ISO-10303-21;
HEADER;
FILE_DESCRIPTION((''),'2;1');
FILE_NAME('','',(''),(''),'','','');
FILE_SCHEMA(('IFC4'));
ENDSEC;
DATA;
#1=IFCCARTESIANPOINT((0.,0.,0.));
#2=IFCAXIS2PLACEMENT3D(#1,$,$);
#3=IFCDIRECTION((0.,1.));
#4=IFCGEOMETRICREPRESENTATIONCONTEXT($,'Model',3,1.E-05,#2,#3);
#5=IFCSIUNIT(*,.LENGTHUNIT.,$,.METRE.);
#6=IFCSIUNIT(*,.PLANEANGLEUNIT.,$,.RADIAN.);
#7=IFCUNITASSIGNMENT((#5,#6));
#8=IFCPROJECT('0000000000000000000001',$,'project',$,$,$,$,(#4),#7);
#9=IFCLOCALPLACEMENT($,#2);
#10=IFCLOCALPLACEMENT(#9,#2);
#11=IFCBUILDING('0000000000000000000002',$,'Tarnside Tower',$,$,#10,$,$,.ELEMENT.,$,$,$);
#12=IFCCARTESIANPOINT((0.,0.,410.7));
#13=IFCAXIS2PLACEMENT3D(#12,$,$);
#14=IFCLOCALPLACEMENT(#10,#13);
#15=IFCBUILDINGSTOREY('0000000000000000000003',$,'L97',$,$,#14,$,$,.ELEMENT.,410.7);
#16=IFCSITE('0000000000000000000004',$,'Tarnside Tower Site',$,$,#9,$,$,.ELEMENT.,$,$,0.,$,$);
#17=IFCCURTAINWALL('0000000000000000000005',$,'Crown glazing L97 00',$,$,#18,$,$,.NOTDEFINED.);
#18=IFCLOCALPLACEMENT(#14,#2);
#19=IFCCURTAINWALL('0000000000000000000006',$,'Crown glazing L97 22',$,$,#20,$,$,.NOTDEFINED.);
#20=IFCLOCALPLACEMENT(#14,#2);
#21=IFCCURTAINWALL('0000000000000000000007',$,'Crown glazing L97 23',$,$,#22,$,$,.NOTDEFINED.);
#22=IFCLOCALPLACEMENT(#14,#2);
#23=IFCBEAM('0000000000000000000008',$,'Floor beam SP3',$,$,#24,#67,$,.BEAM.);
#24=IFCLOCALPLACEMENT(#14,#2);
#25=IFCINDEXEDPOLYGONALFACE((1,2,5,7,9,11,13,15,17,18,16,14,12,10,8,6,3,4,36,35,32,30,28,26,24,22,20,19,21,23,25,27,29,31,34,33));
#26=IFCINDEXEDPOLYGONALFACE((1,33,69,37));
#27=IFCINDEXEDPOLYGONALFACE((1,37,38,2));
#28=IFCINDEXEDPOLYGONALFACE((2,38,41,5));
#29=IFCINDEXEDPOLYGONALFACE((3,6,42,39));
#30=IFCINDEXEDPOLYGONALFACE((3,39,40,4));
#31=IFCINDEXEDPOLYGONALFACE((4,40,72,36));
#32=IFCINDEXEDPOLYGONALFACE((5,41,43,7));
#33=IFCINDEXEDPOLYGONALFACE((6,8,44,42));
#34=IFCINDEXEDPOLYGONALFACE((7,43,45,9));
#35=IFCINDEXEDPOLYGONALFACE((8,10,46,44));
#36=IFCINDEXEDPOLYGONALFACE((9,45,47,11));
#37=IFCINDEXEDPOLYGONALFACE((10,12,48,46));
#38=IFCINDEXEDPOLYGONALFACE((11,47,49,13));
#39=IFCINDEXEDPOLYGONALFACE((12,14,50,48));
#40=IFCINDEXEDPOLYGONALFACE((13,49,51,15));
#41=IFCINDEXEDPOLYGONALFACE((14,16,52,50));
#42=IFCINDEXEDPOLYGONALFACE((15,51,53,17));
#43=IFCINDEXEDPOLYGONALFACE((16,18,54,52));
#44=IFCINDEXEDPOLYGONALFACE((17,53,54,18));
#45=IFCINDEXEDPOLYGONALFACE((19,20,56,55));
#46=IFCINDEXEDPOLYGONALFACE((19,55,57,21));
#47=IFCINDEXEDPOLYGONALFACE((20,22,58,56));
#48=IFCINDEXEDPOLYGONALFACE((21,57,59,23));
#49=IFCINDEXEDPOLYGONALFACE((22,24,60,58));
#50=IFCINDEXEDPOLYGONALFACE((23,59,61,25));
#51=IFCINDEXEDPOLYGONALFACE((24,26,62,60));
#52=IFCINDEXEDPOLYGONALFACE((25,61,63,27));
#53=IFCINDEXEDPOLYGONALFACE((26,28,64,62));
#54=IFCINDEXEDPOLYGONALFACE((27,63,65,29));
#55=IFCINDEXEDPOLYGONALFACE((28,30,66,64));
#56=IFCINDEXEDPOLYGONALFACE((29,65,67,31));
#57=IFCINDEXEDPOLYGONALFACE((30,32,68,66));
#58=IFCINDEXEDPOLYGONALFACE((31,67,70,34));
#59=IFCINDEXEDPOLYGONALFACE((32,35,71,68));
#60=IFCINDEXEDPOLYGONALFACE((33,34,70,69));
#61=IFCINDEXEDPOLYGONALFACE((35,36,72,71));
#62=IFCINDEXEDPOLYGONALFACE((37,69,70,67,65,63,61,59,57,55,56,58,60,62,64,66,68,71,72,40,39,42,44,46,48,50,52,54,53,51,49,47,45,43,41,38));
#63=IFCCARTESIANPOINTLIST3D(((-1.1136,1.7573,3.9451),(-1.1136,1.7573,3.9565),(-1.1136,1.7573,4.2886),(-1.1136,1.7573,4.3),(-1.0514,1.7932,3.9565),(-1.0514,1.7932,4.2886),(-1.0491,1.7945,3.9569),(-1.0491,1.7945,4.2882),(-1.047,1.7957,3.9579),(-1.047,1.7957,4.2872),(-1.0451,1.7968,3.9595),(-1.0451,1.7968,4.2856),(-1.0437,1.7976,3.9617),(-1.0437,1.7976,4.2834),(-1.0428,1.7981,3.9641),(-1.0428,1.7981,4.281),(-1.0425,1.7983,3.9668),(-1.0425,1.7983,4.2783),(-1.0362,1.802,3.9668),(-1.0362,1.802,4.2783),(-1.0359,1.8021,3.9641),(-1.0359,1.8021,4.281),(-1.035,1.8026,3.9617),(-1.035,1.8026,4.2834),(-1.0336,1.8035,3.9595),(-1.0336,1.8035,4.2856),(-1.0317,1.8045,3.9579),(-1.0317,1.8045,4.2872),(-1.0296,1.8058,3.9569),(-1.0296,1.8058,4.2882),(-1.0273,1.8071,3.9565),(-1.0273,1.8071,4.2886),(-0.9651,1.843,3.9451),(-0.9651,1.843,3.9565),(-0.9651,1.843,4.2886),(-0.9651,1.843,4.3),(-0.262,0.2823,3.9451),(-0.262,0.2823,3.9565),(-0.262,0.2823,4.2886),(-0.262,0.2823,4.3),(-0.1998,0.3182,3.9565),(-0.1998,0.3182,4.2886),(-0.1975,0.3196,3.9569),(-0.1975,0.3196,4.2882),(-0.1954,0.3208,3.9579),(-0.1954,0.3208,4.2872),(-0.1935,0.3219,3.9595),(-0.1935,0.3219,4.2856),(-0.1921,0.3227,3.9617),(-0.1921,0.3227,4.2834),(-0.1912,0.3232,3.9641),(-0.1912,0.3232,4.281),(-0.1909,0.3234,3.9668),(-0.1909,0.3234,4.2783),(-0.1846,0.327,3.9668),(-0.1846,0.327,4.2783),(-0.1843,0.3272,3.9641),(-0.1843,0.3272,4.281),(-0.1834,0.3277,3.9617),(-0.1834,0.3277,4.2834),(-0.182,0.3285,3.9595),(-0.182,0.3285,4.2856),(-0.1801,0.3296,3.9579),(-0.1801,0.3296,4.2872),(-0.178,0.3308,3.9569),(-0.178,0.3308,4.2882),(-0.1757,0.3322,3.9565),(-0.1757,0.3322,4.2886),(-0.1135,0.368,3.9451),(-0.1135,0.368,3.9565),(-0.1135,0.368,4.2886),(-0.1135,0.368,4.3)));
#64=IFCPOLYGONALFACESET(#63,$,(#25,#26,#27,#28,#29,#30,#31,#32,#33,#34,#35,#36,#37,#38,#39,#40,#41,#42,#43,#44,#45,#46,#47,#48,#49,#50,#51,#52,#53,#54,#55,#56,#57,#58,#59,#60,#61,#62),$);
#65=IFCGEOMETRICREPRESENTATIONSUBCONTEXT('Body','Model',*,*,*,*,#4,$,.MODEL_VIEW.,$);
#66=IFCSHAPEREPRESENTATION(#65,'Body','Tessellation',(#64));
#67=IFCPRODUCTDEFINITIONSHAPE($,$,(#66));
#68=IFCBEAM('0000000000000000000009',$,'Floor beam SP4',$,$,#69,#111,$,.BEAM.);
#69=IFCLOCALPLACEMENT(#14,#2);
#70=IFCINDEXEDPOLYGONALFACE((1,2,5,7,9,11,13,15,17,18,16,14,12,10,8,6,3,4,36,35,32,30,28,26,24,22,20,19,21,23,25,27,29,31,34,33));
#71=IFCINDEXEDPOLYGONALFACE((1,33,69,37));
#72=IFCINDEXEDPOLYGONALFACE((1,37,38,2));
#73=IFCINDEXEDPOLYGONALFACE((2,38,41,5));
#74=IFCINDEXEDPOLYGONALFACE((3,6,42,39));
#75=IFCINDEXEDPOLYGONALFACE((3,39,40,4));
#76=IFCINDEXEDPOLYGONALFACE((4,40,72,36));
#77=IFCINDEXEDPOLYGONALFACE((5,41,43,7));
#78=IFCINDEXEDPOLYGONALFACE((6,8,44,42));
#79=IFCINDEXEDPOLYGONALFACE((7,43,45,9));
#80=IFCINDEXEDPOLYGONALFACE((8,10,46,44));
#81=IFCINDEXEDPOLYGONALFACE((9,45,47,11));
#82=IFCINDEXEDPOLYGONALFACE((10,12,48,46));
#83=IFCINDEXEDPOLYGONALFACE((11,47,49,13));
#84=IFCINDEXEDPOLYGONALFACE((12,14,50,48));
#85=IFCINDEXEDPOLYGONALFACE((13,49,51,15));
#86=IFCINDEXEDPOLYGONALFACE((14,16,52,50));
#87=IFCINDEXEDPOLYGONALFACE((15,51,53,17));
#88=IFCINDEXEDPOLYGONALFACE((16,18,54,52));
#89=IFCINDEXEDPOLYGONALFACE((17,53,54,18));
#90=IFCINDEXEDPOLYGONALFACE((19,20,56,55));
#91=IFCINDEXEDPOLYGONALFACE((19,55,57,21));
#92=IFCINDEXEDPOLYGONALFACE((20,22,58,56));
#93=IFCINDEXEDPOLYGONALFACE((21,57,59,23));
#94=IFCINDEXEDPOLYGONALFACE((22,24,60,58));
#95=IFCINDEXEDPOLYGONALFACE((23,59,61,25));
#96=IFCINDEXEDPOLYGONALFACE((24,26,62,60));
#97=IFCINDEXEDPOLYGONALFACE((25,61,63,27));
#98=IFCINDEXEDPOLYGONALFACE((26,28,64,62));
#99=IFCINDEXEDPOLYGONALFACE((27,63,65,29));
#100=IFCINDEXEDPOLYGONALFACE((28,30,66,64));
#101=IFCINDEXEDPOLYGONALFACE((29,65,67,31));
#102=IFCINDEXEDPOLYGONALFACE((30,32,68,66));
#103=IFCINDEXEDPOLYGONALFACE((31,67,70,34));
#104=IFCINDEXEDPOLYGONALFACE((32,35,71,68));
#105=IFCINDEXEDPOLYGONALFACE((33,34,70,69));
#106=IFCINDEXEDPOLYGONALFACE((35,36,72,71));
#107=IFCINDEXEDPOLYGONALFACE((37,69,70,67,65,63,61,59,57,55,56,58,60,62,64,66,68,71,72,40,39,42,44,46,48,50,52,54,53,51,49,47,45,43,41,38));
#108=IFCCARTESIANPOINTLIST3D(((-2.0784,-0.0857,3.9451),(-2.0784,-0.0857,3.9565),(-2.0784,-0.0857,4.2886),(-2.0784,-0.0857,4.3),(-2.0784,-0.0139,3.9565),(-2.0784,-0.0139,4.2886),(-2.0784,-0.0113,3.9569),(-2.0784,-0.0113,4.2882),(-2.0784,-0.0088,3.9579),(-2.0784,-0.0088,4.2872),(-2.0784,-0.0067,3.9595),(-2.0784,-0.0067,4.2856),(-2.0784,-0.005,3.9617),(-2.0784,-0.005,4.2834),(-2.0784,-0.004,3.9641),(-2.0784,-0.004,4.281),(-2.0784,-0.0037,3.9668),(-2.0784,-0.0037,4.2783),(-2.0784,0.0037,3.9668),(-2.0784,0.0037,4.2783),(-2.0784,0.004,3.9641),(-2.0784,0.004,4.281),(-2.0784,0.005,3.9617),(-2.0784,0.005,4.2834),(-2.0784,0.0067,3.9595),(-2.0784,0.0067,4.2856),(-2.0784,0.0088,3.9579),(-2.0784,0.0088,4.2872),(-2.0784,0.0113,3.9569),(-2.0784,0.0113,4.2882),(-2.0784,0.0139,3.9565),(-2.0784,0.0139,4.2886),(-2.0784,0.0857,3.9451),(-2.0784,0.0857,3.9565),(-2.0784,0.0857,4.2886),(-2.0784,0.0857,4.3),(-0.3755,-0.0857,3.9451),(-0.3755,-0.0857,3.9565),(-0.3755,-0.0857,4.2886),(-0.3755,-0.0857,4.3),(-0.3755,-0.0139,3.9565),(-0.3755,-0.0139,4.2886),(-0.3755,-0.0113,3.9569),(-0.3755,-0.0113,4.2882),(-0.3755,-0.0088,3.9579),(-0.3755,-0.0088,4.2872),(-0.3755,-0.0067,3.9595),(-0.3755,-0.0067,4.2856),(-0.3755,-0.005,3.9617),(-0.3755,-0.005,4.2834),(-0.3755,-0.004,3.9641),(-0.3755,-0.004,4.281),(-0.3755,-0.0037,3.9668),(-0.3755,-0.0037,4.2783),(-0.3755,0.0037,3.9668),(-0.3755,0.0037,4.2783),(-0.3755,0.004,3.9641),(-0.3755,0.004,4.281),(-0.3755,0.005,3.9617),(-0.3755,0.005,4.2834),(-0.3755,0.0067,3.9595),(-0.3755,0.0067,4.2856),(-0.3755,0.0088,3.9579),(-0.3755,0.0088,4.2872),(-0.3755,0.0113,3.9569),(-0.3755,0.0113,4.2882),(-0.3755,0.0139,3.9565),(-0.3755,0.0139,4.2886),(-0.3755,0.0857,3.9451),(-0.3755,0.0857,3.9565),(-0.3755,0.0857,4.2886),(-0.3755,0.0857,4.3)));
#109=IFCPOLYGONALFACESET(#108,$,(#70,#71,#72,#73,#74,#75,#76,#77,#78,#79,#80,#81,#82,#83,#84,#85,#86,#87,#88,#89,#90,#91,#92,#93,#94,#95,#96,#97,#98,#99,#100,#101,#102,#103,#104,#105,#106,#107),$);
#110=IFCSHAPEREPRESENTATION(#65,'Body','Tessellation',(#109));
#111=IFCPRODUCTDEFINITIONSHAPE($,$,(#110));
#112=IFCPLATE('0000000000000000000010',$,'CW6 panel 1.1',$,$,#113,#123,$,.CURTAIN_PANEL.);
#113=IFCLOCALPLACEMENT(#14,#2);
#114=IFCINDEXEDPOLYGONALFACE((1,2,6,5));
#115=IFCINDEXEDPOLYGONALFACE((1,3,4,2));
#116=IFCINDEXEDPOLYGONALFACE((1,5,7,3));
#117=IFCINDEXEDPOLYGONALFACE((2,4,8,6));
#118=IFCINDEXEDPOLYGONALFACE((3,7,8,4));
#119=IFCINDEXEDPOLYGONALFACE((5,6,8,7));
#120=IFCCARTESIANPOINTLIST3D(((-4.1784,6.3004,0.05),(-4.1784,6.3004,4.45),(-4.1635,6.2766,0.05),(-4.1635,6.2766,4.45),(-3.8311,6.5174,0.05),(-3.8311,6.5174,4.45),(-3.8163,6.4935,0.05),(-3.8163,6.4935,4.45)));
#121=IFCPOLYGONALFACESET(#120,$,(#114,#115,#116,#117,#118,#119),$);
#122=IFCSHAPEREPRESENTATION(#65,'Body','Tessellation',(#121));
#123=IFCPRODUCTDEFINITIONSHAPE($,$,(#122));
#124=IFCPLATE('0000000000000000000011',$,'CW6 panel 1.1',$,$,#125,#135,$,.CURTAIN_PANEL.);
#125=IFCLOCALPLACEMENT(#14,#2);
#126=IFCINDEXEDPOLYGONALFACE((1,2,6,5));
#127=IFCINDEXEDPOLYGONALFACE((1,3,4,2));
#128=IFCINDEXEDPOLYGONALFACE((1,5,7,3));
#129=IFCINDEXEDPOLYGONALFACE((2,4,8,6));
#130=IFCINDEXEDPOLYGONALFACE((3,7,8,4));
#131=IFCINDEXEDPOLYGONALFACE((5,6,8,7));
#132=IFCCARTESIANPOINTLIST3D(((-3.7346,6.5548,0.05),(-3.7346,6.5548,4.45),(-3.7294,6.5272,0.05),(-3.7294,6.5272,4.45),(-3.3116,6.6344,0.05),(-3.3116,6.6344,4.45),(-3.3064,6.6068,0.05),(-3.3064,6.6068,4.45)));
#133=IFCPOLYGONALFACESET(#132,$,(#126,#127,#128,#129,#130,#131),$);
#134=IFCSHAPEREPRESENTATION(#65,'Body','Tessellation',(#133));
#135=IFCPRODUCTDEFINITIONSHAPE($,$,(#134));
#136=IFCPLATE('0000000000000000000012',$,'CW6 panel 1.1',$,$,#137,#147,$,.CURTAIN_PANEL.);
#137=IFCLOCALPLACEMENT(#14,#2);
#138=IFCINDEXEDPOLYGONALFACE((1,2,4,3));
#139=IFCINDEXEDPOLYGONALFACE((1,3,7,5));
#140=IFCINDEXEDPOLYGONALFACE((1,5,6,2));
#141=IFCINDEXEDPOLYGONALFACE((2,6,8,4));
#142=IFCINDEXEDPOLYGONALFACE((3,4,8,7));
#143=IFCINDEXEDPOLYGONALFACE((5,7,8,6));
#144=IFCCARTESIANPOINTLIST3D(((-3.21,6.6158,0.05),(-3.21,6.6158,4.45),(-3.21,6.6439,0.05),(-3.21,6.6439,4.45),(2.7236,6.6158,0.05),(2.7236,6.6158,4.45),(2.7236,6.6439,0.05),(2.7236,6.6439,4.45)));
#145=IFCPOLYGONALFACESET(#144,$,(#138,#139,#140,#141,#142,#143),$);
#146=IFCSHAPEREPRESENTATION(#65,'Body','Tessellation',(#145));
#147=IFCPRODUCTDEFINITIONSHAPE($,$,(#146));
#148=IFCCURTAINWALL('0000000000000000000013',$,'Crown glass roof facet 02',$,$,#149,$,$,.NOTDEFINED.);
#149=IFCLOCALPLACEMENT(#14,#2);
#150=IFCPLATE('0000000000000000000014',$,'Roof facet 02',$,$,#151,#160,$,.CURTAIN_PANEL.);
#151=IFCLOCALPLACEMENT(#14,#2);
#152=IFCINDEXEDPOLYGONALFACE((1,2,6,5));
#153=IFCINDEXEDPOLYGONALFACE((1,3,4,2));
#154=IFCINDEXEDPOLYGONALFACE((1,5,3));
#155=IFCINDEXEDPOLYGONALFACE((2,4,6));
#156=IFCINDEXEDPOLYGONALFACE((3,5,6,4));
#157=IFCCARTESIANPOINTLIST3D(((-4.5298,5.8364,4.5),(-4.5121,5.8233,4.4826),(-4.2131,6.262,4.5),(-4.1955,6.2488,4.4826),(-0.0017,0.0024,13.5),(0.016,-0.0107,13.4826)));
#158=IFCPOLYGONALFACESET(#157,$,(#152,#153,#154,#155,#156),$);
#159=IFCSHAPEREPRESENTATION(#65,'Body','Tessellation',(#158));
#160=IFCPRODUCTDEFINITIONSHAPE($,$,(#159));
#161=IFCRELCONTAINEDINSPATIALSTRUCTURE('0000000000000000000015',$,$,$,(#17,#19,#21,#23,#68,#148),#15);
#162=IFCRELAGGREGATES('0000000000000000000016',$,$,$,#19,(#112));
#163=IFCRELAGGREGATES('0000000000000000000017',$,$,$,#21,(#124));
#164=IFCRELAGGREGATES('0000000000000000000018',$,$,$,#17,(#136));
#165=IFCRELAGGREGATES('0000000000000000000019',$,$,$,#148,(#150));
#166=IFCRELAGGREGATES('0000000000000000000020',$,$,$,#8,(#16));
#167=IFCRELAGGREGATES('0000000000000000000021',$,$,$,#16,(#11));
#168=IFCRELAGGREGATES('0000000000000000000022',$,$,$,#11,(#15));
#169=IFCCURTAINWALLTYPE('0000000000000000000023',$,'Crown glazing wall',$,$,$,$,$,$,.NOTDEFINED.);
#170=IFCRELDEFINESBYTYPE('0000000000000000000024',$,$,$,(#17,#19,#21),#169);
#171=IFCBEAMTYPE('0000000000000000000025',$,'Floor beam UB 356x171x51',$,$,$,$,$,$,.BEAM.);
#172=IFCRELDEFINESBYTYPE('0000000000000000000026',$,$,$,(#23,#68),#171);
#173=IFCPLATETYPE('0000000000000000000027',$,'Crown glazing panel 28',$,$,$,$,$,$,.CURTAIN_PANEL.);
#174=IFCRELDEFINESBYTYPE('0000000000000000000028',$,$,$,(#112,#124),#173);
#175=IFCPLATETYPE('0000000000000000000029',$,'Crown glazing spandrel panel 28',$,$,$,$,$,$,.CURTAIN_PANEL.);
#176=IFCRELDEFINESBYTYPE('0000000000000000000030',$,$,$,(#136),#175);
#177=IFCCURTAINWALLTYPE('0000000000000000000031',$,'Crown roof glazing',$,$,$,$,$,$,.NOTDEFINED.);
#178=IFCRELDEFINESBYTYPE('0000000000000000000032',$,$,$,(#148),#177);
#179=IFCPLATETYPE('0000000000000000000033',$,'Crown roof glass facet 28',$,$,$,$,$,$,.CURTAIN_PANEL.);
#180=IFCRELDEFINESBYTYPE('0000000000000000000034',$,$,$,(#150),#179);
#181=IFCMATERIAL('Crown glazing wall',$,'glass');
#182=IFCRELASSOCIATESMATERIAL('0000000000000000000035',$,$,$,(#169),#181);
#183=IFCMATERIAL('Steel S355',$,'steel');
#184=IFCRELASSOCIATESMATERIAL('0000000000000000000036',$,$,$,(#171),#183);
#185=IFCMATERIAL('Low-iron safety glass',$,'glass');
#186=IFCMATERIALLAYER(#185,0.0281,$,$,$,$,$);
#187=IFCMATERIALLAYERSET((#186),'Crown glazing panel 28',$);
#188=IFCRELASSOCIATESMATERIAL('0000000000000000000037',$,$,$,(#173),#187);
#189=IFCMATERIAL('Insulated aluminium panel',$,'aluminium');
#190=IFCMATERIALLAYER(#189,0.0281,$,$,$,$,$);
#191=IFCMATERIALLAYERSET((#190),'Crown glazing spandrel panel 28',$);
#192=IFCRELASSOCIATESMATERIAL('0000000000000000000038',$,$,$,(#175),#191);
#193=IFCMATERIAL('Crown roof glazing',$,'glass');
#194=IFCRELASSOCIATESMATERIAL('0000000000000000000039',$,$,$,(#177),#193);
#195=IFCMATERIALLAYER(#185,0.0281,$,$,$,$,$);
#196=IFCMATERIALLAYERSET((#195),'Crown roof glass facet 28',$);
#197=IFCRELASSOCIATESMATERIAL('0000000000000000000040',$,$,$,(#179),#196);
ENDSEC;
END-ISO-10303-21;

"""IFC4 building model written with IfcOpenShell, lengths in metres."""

from ifc_helpers import new_model, si_unit, direction, frame, origin, origin_2d, place, context, subcontext, project, spatial, polyline, rectangle, i_section, outline, extrude, material, layer, layer_set, material_profile, profile_set, type_object, element, aggregate, save


model = new_model("IFC4")

# Units and contexts
model_context = context("Model", 3, precision=1e-05, world=origin(), true_north=direction((0.0, 1.0)))
body_context = subcontext(model_context, "Body", "Model", "MODEL_VIEW")
ifc_project = project(units=[si_unit("LENGTHUNIT", "METRE"), si_unit("PLANEANGLEUNIT", "RADIAN")], contexts=[model_context])

# Site, building, storey
site_placement = place(None, origin())
site = spatial("IfcSite", under=ifc_project, at=site_placement, Name="Tarnside Tower Site", CompositionType="ELEMENT", RefElevation=0.0)
building_placement = place(site_placement, origin())
building = spatial("IfcBuilding", under=site, at=building_placement, Name="Tarnside Tower", CompositionType="ELEMENT")
storey_placement = place(building_placement, frame((0.0, 0.0, 410.7)))
storey = spatial("IfcBuildingStorey", under=building, at=storey_placement, Name="L97", CompositionType="ELEMENT", Elevation=410.7)

# Curtain wall
ifc_material_1 = material(Name="Crown glazing wall", Category="glass")
curtain_wall_type_1 = type_object("IfcCurtainWallType", Name="Crown glazing wall", PredefinedType="NOTDEFINED", material=ifc_material_1)
curtain_wall_1_placement = place(storey_placement, origin())
curtain_wall_1 = element("IfcCurtainWall", 1, at=curtain_wall_1_placement, inside=storey, type_object=curtain_wall_type_1, Name="Crown glazing L97 00", PredefinedType="NOTDEFINED")

# Curtain walls
curtain_wall_2_placement = place(storey_placement, origin())
curtain_wall_2 = element("IfcCurtainWall", 2, at=curtain_wall_2_placement, inside=storey, type_object=curtain_wall_type_1, Name="Crown glazing L97 22", PredefinedType="NOTDEFINED")
curtain_wall_3_placement = place(storey_placement, origin())
curtain_wall_3 = element("IfcCurtainWall", 3, at=curtain_wall_3_placement, inside=storey, type_object=curtain_wall_type_1, Name="Crown glazing L97 23", PredefinedType="NOTDEFINED")

# Shared definitions
ifc_material_2 = material(Name="Steel S355", Category="steel")

# Beams
ifc_material_profile_1 = material_profile(ifc_material_2, i_section(OverallWidth=0.1714, OverallDepth=0.355, WebThickness=0.0073, FlangeThickness=0.0115, FilletRadius=0.0103, at=origin_2d()), Name="UB 356x171x51")
ifc_profile_set_1 = profile_set([ifc_material_profile_1], Name="Steel S355")
beam_type_1 = type_object("IfcBeamType", Name="Floor beam UB 356x171x51", PredefinedType="BEAM", material=ifc_profile_set_1)
beam_1_placement = place(storey_placement, frame((-0.1877, 0.3252, 4.1226), z_axis=(-0.500024, 0.866011, 0.0), x_axis=(-0.866011, -0.500024, 0.0)))
element("IfcBeam", 4, at=beam_1_placement, inside=storey, type_object=beam_type_1, Name="Floor beam SP3", PredefinedType="BEAM", context=body_context, shape_type="SweptSolid", body=[
    extrude(i_section(OverallWidth=0.1714, OverallDepth=0.355, WebThickness=0.0073, FlangeThickness=0.0115, FilletRadius=0.0103, at=origin_2d()), origin(), (0.0, 0.0, 1.0), 1.7031),
])
beam_2_placement = place(storey_placement, frame((-0.3755, 0.0, 4.1226), z_axis=(-1.0, 0.0, 0.0), x_axis=(0.0, -1.0, 0.0)))
element("IfcBeam", 5, at=beam_2_placement, inside=storey, type_object=beam_type_1, Name="Floor beam SP4", PredefinedType="BEAM", context=body_context, shape_type="SweptSolid", body=[
    extrude(i_section(OverallWidth=0.1714, OverallDepth=0.355, WebThickness=0.0073, FlangeThickness=0.0115, FilletRadius=0.0103, at=origin_2d()), origin(), (0.0, 0.0, 1.0), 1.7029),
])

# Plates
ifc_material_3 = material(Name="Low-iron safety glass", Category="glass")
ifc_layer_1 = layer(ifc_material_3, 0.0281)
ifc_layer_set_1 = layer_set([ifc_layer_1], Name="Crown glazing panel 28")
plate_type_1 = type_object("IfcPlateType", Name="Crown glazing panel 28", PredefinedType="CURTAIN_PANEL", material=ifc_layer_set_1)
plate_1_placement = place(storey_placement, frame((-3.9973, 6.397, 0.05), z_axis=(0.0, 0.0, 1.0), x_axis=(0.848048, 0.529919, 0.0)))
plate_1 = element("IfcPlate", 6, at=plate_1_placement, type_object=plate_type_1, Name="CW6 panel 1.1", PredefinedType="CURTAIN_PANEL", context=body_context, shape_type="SweptSolid", body=[
    extrude(rectangle(XDim=0.4094, YDim=0.0281, at=origin_2d()), origin(), (0.0, 0.0, 1.0), 4.3999),
])
aggregate(curtain_wall_2, [plate_1])
plate_2_placement = place(storey_placement, frame((-3.5205, 6.5808, 0.05), z_axis=(0.0, 0.0, 1.0), x_axis=(0.982721, 0.185095, 0.0)))
plate_2 = element("IfcPlate", 7, at=plate_2_placement, type_object=plate_type_1, Name="CW6 panel 1.1", PredefinedType="CURTAIN_PANEL", context=body_context, shape_type="SweptSolid", body=[
    extrude(rectangle(XDim=0.4304, YDim=0.0281, at=origin_2d()), origin(), (0.0, 0.0, 1.0), 4.3999),
])
aggregate(curtain_wall_3, [plate_2])
ifc_material_4 = material(Name="Insulated aluminium panel", Category="aluminium")
ifc_layer_2 = layer(ifc_material_4, 0.0281)
ifc_layer_set_2 = layer_set([ifc_layer_2], Name="Crown glazing spandrel panel 28")
plate_type_2 = type_object("IfcPlateType", Name="Crown glazing spandrel panel 28", PredefinedType="CURTAIN_PANEL", material=ifc_layer_set_2)
plate_3_placement = place(storey_placement, frame((-0.2432, 6.6299, 0.05), z_axis=(0.0, 0.0, 1.0), x_axis=(1.0, 0.0, 0.0)))
plate_3 = element("IfcPlate", 8, at=plate_3_placement, type_object=plate_type_2, Name="CW6 panel 1.1", PredefinedType="CURTAIN_PANEL", context=body_context, shape_type="SweptSolid", body=[
    extrude(rectangle(XDim=5.9336, YDim=0.0281, at=origin_2d()), origin(), (0.0, 0.0, 1.0), 4.3999),
])
aggregate(curtain_wall_1, [plate_3])

# Curtain wall, plate
ifc_material_5 = material(Name="Crown roof glazing", Category="glass")
curtain_wall_type_2 = type_object("IfcCurtainWallType", Name="Crown roof glazing", PredefinedType="NOTDEFINED", material=ifc_material_5)
ifc_layer_3 = layer(ifc_material_3, 0.0281)
ifc_layer_set_3 = layer_set([ifc_layer_3], Name="Crown roof glass facet 28")
plate_type_3 = type_object("IfcPlateType", Name="Crown roof glass facet 28", PredefinedType="CURTAIN_PANEL", material=ifc_layer_set_3)
curtain_wall_4_placement = place(storey_placement, origin())
curtain_wall_4 = element("IfcCurtainWall", 9, at=curtain_wall_4_placement, inside=storey, type_object=curtain_wall_type_2, Name="Crown glass roof facet 02", PredefinedType="NOTDEFINED")
plate_4_placement = place(storey_placement, frame((-4.2131, 6.262, 4.5), z_axis=(-0.629333, 0.468299, 0.620191), x_axis=(-0.596976, -0.802259, 0.0)))
plate_4 = element("IfcPlate", 10, at=plate_4_placement, type_object=plate_type_3, Name="Roof facet 02", PredefinedType="CURTAIN_PANEL", context=body_context, shape_type="SweptSolid", body=[
    extrude(outline(polyline([(0.0, 0.0), (0.5304, 0.0), (2.5076, 11.473), (2.5076, 11.473), (0.0, 0.0)])), origin(), (0.0, 0.0, -1.0), 0.0281),
])
aggregate(curtain_wall_4, [plate_4])

save(model, "model.ifc")
